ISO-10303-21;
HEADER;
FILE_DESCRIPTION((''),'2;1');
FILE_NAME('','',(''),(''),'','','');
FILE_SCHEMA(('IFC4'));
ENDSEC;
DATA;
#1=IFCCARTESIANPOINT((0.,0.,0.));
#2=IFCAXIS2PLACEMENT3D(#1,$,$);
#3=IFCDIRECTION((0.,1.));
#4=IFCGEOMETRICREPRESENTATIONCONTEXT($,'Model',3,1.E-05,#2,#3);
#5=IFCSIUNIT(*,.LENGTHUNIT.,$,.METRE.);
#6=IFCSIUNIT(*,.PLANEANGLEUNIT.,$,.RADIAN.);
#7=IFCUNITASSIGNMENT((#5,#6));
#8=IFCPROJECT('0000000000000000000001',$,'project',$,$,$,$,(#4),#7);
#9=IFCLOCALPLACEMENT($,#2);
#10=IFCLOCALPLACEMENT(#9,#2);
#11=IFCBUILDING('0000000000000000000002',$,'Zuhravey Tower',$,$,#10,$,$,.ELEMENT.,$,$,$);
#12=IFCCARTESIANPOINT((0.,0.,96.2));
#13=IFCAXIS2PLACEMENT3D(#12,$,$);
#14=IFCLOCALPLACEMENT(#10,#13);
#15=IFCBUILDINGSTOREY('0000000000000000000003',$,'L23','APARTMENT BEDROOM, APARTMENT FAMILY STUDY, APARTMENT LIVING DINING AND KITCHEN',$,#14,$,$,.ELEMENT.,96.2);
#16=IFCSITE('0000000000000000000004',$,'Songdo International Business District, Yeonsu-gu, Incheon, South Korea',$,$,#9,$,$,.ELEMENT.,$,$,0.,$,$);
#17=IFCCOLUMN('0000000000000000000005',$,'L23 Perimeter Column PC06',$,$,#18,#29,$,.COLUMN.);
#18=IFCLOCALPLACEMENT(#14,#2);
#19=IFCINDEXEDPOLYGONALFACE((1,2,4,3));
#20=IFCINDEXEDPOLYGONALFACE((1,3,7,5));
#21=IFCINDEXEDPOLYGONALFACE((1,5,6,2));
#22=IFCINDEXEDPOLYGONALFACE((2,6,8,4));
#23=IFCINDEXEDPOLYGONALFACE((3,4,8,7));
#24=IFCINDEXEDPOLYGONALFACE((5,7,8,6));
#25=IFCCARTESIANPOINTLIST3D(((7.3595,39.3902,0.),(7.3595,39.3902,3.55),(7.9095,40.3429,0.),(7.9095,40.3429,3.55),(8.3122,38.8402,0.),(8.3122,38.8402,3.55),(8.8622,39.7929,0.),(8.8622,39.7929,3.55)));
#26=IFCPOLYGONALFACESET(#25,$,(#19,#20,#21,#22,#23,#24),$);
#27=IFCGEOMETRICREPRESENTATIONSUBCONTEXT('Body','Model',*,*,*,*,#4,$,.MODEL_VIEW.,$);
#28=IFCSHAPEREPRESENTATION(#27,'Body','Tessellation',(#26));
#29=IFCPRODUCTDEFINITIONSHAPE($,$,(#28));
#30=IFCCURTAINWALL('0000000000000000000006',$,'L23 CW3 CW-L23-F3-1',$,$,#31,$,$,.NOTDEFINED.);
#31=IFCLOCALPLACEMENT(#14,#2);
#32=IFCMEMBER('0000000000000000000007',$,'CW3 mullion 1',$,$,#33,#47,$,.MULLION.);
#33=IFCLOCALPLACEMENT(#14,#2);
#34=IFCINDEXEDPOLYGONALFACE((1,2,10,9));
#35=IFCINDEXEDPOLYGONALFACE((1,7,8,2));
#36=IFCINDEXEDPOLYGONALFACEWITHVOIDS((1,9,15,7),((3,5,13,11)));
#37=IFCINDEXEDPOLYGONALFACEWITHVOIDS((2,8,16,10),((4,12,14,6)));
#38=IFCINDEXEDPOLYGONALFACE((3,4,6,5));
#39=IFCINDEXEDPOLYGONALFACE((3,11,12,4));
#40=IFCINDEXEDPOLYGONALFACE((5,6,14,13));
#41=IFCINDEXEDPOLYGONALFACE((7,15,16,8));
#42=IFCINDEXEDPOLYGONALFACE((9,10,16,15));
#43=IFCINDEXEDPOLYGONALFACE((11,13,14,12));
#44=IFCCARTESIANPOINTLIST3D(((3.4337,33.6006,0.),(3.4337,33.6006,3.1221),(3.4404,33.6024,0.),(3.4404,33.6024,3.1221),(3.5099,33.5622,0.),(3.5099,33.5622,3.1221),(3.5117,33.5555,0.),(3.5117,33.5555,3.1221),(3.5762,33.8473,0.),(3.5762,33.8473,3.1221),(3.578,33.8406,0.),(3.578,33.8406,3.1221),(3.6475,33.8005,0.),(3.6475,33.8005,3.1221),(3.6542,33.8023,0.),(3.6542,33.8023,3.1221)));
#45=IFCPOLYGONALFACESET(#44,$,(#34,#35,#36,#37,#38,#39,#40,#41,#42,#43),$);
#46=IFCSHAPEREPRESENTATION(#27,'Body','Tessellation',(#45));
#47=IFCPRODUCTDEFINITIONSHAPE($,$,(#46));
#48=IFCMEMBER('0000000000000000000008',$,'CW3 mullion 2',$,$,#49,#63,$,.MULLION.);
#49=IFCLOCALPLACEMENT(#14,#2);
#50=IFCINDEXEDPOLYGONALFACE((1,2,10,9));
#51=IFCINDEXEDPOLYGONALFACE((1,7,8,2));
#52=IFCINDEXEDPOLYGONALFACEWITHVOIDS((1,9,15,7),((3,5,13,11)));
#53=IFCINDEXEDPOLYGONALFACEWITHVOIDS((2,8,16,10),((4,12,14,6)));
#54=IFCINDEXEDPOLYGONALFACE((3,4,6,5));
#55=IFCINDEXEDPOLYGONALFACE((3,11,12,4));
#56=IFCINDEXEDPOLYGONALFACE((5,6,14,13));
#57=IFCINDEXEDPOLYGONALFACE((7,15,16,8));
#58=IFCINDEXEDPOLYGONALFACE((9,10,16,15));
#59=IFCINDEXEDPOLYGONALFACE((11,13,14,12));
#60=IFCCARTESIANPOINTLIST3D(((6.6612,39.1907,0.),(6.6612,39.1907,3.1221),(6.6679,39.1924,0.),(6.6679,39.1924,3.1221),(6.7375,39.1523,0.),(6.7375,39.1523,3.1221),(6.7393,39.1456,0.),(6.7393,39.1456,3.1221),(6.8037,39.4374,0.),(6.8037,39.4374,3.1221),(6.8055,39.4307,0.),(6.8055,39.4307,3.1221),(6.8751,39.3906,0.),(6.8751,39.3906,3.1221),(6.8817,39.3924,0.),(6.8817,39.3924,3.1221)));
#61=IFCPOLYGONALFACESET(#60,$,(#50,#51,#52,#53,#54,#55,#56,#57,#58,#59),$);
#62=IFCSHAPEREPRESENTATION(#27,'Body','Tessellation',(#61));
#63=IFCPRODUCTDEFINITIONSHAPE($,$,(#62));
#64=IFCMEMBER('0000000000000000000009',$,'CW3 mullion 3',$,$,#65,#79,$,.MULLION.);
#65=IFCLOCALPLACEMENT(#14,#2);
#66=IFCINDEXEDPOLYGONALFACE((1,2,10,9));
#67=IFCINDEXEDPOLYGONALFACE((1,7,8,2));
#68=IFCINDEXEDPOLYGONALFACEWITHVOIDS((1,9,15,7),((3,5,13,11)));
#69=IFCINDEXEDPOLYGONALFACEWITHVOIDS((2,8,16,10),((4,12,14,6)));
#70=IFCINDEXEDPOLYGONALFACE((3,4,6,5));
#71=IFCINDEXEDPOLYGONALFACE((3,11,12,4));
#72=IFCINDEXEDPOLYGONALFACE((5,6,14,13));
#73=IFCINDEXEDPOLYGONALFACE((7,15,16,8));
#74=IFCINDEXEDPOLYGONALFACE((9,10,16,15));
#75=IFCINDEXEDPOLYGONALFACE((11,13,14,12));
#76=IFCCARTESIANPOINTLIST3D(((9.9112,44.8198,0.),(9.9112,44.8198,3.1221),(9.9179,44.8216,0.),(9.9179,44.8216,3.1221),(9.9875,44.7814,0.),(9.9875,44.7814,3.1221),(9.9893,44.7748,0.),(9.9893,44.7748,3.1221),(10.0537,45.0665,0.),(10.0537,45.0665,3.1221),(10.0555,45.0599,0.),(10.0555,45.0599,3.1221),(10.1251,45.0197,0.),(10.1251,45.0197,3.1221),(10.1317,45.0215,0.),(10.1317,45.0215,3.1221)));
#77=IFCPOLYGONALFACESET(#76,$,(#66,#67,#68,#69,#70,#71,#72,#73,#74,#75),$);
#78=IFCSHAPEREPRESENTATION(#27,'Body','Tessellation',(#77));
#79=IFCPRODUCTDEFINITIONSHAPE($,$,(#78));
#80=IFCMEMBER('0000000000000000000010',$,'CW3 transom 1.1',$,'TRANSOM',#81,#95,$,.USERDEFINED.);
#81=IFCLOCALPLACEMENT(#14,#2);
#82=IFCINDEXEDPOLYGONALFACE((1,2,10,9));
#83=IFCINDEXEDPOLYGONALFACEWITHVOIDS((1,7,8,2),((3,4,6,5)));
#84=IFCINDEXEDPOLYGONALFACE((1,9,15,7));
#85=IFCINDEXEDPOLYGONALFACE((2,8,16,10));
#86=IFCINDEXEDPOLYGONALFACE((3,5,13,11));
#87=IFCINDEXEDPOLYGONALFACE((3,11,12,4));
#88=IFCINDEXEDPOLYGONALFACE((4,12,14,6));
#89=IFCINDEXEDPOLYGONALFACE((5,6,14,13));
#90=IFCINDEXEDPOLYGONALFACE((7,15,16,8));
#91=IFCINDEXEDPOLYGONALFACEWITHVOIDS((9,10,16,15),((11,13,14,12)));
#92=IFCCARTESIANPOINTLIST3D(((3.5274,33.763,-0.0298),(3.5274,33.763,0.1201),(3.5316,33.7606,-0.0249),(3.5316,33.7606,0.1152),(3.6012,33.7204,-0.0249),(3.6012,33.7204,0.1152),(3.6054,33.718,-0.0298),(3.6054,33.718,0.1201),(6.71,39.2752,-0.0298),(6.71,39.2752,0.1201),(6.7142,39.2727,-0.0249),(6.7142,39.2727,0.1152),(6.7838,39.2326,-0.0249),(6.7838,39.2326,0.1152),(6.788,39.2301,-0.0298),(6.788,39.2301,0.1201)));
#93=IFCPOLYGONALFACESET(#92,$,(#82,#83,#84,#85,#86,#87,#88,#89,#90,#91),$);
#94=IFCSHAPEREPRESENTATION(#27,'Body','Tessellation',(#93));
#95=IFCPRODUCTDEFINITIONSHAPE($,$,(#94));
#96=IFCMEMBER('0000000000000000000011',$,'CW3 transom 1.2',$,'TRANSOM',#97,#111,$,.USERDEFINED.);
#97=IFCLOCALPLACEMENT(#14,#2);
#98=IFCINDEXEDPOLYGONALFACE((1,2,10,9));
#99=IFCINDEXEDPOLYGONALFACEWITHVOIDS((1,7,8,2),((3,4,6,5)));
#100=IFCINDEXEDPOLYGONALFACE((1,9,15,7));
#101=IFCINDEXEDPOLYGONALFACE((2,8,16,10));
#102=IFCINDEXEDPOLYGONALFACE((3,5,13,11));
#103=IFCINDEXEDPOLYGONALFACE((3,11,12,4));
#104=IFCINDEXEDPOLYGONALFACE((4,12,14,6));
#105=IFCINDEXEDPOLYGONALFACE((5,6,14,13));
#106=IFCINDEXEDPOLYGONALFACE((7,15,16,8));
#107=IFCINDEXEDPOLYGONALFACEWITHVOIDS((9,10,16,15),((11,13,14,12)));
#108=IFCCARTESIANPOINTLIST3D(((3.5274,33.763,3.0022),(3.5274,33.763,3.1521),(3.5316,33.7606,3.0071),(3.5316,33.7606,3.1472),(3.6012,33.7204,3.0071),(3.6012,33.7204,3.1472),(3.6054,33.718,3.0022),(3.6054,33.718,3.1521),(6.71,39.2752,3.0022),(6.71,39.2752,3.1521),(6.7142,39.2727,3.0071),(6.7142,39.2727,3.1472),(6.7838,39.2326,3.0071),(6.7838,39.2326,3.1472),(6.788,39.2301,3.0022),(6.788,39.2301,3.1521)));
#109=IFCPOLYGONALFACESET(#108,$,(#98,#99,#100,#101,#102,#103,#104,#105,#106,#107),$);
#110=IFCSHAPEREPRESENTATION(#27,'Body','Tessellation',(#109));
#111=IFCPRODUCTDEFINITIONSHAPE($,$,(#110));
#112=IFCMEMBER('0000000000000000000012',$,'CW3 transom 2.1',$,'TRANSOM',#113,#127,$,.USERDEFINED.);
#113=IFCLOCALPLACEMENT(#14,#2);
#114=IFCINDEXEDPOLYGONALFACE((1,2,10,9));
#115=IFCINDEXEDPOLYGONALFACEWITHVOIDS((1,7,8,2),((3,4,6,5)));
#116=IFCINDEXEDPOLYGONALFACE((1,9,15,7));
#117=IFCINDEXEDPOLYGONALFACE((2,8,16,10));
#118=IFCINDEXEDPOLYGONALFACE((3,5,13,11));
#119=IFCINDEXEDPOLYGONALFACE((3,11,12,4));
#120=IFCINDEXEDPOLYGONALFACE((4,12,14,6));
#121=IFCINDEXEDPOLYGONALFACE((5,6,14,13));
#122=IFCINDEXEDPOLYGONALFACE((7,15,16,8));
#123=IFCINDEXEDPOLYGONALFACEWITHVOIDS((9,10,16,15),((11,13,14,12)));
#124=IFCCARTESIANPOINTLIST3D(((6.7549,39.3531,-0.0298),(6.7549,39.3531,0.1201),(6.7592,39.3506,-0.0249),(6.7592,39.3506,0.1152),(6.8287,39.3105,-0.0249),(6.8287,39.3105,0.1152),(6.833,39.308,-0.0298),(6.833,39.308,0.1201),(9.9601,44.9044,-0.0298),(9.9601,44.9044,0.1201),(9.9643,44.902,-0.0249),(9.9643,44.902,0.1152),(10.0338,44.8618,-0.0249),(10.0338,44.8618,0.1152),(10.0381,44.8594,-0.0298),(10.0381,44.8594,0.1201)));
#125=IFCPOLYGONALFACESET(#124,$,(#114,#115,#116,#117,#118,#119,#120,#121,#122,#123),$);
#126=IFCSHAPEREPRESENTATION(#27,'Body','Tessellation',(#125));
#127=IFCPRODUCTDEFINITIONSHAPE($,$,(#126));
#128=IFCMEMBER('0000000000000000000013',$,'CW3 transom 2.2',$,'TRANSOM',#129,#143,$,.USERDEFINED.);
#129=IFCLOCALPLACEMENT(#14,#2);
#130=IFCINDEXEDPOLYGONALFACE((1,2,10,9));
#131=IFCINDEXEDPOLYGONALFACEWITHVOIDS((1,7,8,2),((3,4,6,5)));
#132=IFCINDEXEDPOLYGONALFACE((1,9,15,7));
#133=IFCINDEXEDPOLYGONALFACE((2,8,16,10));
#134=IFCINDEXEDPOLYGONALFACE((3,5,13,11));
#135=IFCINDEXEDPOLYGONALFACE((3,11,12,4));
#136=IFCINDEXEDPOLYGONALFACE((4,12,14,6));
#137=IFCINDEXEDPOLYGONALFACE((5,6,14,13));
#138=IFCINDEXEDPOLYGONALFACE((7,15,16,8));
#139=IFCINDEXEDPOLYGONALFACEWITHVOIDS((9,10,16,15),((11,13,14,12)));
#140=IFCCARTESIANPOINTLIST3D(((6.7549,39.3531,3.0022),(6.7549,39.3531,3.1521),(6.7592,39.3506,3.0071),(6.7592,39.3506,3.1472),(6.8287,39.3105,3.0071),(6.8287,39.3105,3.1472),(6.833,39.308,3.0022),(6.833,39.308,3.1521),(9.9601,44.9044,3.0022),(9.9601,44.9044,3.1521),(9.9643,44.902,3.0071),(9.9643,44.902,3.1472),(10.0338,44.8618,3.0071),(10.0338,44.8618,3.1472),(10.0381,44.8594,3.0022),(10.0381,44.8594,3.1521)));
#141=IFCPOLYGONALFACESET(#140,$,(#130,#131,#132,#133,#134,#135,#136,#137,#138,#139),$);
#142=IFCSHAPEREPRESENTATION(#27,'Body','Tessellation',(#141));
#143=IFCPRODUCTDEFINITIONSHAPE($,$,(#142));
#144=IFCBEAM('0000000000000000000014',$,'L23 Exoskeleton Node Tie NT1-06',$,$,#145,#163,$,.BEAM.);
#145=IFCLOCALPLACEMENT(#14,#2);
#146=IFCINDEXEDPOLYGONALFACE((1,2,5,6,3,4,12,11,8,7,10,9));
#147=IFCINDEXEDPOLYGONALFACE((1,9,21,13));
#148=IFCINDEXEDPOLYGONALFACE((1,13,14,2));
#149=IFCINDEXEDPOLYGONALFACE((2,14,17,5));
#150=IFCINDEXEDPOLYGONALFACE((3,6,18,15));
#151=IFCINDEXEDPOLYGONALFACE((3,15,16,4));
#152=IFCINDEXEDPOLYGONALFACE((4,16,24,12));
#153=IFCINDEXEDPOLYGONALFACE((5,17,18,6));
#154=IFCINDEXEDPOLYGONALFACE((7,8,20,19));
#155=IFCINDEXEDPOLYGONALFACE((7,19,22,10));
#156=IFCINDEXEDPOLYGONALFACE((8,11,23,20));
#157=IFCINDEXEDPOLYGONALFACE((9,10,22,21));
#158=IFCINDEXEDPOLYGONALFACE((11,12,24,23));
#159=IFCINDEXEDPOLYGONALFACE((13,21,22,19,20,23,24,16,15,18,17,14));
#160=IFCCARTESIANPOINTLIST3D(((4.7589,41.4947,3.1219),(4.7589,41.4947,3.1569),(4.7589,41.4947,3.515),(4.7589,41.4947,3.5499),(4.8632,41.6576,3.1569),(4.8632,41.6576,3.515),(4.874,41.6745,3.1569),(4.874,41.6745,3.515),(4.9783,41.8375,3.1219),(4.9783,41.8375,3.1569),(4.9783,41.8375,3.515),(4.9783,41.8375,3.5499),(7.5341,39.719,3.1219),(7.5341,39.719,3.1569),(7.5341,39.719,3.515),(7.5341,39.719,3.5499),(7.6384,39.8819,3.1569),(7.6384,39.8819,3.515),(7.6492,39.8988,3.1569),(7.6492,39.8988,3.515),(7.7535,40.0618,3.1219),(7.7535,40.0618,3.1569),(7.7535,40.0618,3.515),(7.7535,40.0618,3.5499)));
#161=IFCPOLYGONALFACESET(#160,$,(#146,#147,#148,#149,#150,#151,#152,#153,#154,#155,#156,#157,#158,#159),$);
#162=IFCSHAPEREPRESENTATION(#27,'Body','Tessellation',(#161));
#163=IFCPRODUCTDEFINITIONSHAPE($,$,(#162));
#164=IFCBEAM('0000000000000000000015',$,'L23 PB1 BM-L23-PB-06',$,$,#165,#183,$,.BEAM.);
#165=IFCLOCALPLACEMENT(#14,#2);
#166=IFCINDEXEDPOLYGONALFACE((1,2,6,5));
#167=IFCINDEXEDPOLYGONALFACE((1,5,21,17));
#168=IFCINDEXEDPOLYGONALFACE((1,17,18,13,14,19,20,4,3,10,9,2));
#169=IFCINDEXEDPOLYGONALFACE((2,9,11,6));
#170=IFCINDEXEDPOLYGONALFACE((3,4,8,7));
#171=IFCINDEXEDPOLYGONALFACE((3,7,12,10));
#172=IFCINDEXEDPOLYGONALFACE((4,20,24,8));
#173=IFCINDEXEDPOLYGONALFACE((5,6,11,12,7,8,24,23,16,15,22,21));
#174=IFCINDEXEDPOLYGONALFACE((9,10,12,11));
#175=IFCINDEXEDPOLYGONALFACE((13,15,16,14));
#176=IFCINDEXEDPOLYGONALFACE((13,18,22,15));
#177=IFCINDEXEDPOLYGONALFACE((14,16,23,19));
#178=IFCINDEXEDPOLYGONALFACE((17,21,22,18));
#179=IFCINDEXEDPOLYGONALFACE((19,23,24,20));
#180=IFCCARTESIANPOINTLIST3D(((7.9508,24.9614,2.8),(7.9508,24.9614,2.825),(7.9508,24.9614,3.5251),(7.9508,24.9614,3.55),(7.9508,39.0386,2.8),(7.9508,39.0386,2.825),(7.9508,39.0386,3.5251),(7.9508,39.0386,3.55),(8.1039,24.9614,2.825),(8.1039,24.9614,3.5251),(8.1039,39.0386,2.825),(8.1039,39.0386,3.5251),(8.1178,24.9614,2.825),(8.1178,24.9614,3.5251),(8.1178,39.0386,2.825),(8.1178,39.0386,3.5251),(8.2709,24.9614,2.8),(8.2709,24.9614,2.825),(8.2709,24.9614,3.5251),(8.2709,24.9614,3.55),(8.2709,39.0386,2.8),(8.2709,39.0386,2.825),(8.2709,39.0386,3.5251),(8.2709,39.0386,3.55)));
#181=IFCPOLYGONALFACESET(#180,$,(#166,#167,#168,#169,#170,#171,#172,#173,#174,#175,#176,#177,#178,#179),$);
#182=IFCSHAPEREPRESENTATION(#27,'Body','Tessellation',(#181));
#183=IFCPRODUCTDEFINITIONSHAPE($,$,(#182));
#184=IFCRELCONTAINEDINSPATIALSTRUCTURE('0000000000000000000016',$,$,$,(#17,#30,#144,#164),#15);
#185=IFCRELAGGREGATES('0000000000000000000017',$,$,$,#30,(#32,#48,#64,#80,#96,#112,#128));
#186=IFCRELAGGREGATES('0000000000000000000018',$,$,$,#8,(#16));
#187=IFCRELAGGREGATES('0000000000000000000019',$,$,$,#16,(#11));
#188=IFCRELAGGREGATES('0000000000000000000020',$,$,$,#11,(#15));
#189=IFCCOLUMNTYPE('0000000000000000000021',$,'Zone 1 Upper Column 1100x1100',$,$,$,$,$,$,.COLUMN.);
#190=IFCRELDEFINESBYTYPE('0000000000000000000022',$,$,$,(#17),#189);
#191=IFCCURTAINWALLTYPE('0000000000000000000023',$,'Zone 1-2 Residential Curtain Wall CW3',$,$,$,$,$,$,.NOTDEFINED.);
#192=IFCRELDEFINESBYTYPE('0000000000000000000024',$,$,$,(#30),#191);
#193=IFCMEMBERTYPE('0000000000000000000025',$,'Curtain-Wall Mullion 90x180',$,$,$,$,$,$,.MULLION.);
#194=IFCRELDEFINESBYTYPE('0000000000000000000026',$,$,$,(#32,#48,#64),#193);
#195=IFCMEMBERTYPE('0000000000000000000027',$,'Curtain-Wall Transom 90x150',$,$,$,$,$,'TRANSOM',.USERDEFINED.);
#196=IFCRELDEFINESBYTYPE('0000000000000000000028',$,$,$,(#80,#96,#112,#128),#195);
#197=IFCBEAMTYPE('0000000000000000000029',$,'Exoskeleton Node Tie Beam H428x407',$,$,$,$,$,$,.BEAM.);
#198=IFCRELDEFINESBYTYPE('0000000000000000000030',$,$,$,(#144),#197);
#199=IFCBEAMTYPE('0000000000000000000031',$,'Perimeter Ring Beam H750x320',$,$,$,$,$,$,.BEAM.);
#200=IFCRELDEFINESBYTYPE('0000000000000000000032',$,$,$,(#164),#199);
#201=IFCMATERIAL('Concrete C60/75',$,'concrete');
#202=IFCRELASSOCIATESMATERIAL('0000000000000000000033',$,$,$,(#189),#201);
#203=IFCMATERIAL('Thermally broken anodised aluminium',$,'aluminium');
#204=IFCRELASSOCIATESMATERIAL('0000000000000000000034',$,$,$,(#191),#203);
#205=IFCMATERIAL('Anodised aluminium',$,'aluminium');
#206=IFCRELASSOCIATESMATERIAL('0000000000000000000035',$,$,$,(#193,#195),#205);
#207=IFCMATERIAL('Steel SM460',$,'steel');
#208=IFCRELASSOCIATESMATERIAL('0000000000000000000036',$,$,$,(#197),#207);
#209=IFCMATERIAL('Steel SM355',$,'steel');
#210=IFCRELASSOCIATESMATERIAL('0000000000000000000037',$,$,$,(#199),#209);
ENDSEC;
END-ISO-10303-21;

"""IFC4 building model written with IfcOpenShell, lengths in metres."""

from ifc_helpers import new_model, si_unit, direction, frame, origin, origin_2d, place, context, subcontext, project, spatial, rectangle, hollow_rectangle, i_section, extrude, material, material_profile, profile_set, type_object, element, aggregate, save


model = new_model("IFC4")

# Units and contexts
model_context = context("Model", 3, precision=1e-05, world=origin(), true_north=direction((0.0, 1.0)))
body_context = subcontext(model_context, "Body", "Model", "MODEL_VIEW")
ifc_project = project(units=[si_unit("LENGTHUNIT", "METRE"), si_unit("PLANEANGLEUNIT", "RADIAN")], contexts=[model_context])

# Site, building, storey
site_placement = place(None, origin())
site = spatial("IfcSite", under=ifc_project, at=site_placement, Name="Songdo International Business District, Yeonsu-gu, Incheon, South Korea", CompositionType="ELEMENT", RefElevation=0.0)
building_placement = place(site_placement, origin())
building = spatial("IfcBuilding", under=site, at=building_placement, Name="Zuhravey Tower", CompositionType="ELEMENT")
storey_placement = place(building_placement, frame((0.0, 0.0, 96.2)))
storey = spatial("IfcBuildingStorey", under=building, at=storey_placement, Name="L23", Description="APARTMENT BEDROOM, APARTMENT FAMILY STUDY, APARTMENT LIVING DINING AND KITCHEN", CompositionType="ELEMENT", Elevation=96.2)

# Column
ifc_material_1 = material(Name="Concrete C60/75", Category="concrete")
ifc_material_profile_1 = material_profile(ifc_material_1, rectangle(XDim=1.1001, YDim=1.1001, at=origin_2d()), Name="RC-1100x1100")
ifc_profile_set_1 = profile_set([ifc_material_profile_1], Name="Concrete C60/75")
column_type = type_object("IfcColumnType", Name="Zone 1 Upper Column 1100x1100", PredefinedType="COLUMN", material=ifc_profile_set_1)
column_placement = place(storey_placement, frame((8.1108, 39.5916, 0.0), z_axis=(0.0, 0.0, 1.0), x_axis=(-0.5, -0.866025, 0.0)))
element("IfcColumn", 1, at=column_placement, inside=storey, type_object=column_type, Name="L23 Perimeter Column PC06", PredefinedType="COLUMN", context=body_context, shape_type="SweptSolid", body=[
    extrude(rectangle(XDim=1.1001, YDim=1.1001, at=origin_2d()), origin(), (0.0, 0.0, 1.0), 3.55),
])

# Curtain wall, members
ifc_material_2 = material(Name="Thermally broken anodised aluminium", Category="aluminium")
curtain_wall_type = type_object("IfcCurtainWallType", Name="Zone 1-2 Residential Curtain Wall CW3", PredefinedType="NOTDEFINED", material=ifc_material_2)
curtain_wall_placement = place(storey_placement, origin())
curtain_wall = element("IfcCurtainWall", 2, at=curtain_wall_placement, inside=storey, type_object=curtain_wall_type, Name="L23 CW3 CW-L23-F3-1", PredefinedType="NOTDEFINED")
ifc_material_3 = material(Name="Anodised aluminium", Category="aluminium")
ifc_material_profile_2 = material_profile(ifc_material_3, hollow_rectangle(XDim=0.0901, YDim=0.2849, WallThickness=0.0049, at=origin_2d()), Name="ALU-RHS-90x285x5")
ifc_profile_set_2 = profile_set([ifc_material_profile_2], Name="Anodised aluminium")
member_type_1 = type_object("IfcMemberType", Name="Curtain-Wall Mullion 90x180", PredefinedType="MULLION", material=ifc_profile_set_2)
member_1_placement = place(storey_placement, frame((3.5439, 33.7014, 0.0), z_axis=(0.0, 0.0, 1.0), x_axis=(-0.866025, 0.5, 0.0)))
member_1 = element("IfcMember", 3, at=member_1_placement, type_object=member_type_1, Name="CW3 mullion 1", PredefinedType="MULLION", context=body_context, shape_type="SweptSolid", body=[
    extrude(hollow_rectangle(XDim=0.0901, YDim=0.2849, WallThickness=0.0049, at=origin_2d()), origin(), (0.0, 0.0, 1.0), 3.1221),
])
member_2_placement = place(storey_placement, frame((6.7715, 39.2915, 0.0), z_axis=(0.0, 0.0, 1.0), x_axis=(-0.866025, 0.5, 0.0)))
member_2 = element("IfcMember", 4, at=member_2_placement, type_object=member_type_1, Name="CW3 mullion 2", PredefinedType="MULLION", context=body_context, shape_type="SweptSolid", body=[
    extrude(hollow_rectangle(XDim=0.0901, YDim=0.2849, WallThickness=0.0049, at=origin_2d()), origin(), (0.0, 0.0, 1.0), 3.1221),
])
member_3_placement = place(storey_placement, frame((10.0215, 44.9207, 0.0), z_axis=(0.0, 0.0, 1.0), x_axis=(-0.866025, 0.5, 0.0)))
member_3 = element("IfcMember", 5, at=member_3_placement, type_object=member_type_1, Name="CW3 mullion 3", PredefinedType="MULLION", context=body_context, shape_type="SweptSolid", body=[
    extrude(hollow_rectangle(XDim=0.0901, YDim=0.2849, WallThickness=0.0049, at=origin_2d()), origin(), (0.0, 0.0, 1.0), 3.1221),
])
ifc_material_profile_3 = material_profile(ifc_material_3, hollow_rectangle(XDim=0.0901, YDim=0.1499, WallThickness=0.0049, at=origin_2d()), Name="ALU-RHS-90x150x5")
ifc_profile_set_3 = profile_set([ifc_material_profile_3], Name="Anodised aluminium")
member_type_2 = type_object("IfcMemberType", Name="Curtain-Wall Transom 90x150", ElementType="TRANSOM", PredefinedType="USERDEFINED", material=ifc_profile_set_3)
member_4_placement = place(storey_placement, frame((3.5664, 33.7405, 0.0452), z_axis=(0.500017, 0.866016, 0.0), x_axis=(-0.866016, 0.500017, 0.0)))
member_4 = element("IfcMember", 6, at=member_4_placement, type_object=member_type_2, Name="CW3 transom 1.1", ObjectType="TRANSOM", PredefinedType="USERDEFINED", context=body_context, shape_type="SweptSolid", body=[
    extrude(hollow_rectangle(XDim=0.0901, YDim=0.1499, WallThickness=0.0049, at=origin_2d()), origin(), (0.0, 0.0, 1.0), 6.365),
])
member_5_placement = place(storey_placement, frame((3.5664, 33.7405, 3.0771), z_axis=(0.500017, 0.866016, 0.0), x_axis=(-0.866016, 0.500017, 0.0)))
member_5 = element("IfcMember", 7, at=member_5_placement, type_object=member_type_2, Name="CW3 transom 1.2", ObjectType="TRANSOM", PredefinedType="USERDEFINED", context=body_context, shape_type="SweptSolid", body=[
    extrude(hollow_rectangle(XDim=0.0901, YDim=0.1499, WallThickness=0.0049, at=origin_2d()), origin(), (0.0, 0.0, 1.0), 6.365),
])
member_6_placement = place(storey_placement, frame((6.7939, 39.3306, 0.0452), z_axis=(0.500006, 0.866022, 0.0), x_axis=(-0.866022, 0.500006, 0.0)))
member_6 = element("IfcMember", 8, at=member_6_placement, type_object=member_type_2, Name="CW3 transom 2.1", ObjectType="TRANSOM", PredefinedType="USERDEFINED", context=body_context, shape_type="SweptSolid", body=[
    extrude(hollow_rectangle(XDim=0.0901, YDim=0.1499, WallThickness=0.0049, at=origin_2d()), origin(), (0.0, 0.0, 1.0), 6.4102),
])
member_7_placement = place(storey_placement, frame((6.7939, 39.3306, 3.0771), z_axis=(0.500006, 0.866022, 0.0), x_axis=(-0.866022, 0.500006, 0.0)))
member_7 = element("IfcMember", 9, at=member_7_placement, type_object=member_type_2, Name="CW3 transom 2.2", ObjectType="TRANSOM", PredefinedType="USERDEFINED", context=body_context, shape_type="SweptSolid", body=[
    extrude(hollow_rectangle(XDim=0.0901, YDim=0.1499, WallThickness=0.0049, at=origin_2d()), origin(), (0.0, 0.0, 1.0), 6.4102),
])

# Beams
ifc_material_4 = material(Name="Steel SM460", Category="steel")
ifc_material_profile_4 = material_profile(ifc_material_4, i_section(OverallWidth=0.407, OverallDepth=0.428, WebThickness=0.02, FlangeThickness=0.0349, at=origin_2d()), Name="H-428x407x20x35")
ifc_profile_set_4 = profile_set([ifc_material_profile_4], Name="Steel SM460")
beam_type_1 = type_object("IfcBeamType", Name="Exoskeleton Node Tie Beam H428x407", PredefinedType="BEAM", material=ifc_profile_set_4)
beam_1_placement = place(storey_placement, frame((7.6438, 39.8904, 3.3359), z_axis=(-0.842335, 0.538955, 0.0), x_axis=(-0.538955, -0.842335, 0.0)))
element("IfcBeam", 10, at=beam_1_placement, inside=storey, type_object=beam_type_1, Name="L23 Exoskeleton Node Tie NT1-06", PredefinedType="BEAM", context=body_context, shape_type="SweptSolid", body=[
    extrude(i_section(OverallWidth=0.407, OverallDepth=0.428, WebThickness=0.02, FlangeThickness=0.0349, at=origin_2d()), origin(), (0.0, 0.0, 1.0), 3.2947),
])
ifc_material_5 = material(Name="Steel SM355", Category="steel")
ifc_material_profile_5 = material_profile(ifc_material_5, i_section(OverallWidth=0.3201, OverallDepth=0.75, WebThickness=0.0139, FlangeThickness=0.0249, at=origin_2d()), Name="H-750x320x14x25")
ifc_profile_set_5 = profile_set([ifc_material_profile_5], Name="Steel SM355")
beam_type_2 = type_object("IfcBeamType", Name="Perimeter Ring Beam H750x320", PredefinedType="BEAM", material=ifc_profile_set_5)
beam_2_placement = place(storey_placement, frame((8.1108, 39.0386, 3.175), z_axis=(0.0, -1.0, 0.0), x_axis=(1.0, 0.0, 0.0)))
element("IfcBeam", 11, at=beam_2_placement, inside=storey, type_object=beam_type_2, Name="L23 PB1 BM-L23-PB-06", PredefinedType="BEAM", context=body_context, shape_type="SweptSolid", body=[
    extrude(i_section(OverallWidth=0.3201, OverallDepth=0.75, WebThickness=0.0139, FlangeThickness=0.0249, at=origin_2d()), origin(), (0.0, 0.0, 1.0), 14.0771),
])

aggregate(curtain_wall, [member_1, member_2, member_3, member_4, member_5, member_6, member_7])

save(model, "model.ifc")
